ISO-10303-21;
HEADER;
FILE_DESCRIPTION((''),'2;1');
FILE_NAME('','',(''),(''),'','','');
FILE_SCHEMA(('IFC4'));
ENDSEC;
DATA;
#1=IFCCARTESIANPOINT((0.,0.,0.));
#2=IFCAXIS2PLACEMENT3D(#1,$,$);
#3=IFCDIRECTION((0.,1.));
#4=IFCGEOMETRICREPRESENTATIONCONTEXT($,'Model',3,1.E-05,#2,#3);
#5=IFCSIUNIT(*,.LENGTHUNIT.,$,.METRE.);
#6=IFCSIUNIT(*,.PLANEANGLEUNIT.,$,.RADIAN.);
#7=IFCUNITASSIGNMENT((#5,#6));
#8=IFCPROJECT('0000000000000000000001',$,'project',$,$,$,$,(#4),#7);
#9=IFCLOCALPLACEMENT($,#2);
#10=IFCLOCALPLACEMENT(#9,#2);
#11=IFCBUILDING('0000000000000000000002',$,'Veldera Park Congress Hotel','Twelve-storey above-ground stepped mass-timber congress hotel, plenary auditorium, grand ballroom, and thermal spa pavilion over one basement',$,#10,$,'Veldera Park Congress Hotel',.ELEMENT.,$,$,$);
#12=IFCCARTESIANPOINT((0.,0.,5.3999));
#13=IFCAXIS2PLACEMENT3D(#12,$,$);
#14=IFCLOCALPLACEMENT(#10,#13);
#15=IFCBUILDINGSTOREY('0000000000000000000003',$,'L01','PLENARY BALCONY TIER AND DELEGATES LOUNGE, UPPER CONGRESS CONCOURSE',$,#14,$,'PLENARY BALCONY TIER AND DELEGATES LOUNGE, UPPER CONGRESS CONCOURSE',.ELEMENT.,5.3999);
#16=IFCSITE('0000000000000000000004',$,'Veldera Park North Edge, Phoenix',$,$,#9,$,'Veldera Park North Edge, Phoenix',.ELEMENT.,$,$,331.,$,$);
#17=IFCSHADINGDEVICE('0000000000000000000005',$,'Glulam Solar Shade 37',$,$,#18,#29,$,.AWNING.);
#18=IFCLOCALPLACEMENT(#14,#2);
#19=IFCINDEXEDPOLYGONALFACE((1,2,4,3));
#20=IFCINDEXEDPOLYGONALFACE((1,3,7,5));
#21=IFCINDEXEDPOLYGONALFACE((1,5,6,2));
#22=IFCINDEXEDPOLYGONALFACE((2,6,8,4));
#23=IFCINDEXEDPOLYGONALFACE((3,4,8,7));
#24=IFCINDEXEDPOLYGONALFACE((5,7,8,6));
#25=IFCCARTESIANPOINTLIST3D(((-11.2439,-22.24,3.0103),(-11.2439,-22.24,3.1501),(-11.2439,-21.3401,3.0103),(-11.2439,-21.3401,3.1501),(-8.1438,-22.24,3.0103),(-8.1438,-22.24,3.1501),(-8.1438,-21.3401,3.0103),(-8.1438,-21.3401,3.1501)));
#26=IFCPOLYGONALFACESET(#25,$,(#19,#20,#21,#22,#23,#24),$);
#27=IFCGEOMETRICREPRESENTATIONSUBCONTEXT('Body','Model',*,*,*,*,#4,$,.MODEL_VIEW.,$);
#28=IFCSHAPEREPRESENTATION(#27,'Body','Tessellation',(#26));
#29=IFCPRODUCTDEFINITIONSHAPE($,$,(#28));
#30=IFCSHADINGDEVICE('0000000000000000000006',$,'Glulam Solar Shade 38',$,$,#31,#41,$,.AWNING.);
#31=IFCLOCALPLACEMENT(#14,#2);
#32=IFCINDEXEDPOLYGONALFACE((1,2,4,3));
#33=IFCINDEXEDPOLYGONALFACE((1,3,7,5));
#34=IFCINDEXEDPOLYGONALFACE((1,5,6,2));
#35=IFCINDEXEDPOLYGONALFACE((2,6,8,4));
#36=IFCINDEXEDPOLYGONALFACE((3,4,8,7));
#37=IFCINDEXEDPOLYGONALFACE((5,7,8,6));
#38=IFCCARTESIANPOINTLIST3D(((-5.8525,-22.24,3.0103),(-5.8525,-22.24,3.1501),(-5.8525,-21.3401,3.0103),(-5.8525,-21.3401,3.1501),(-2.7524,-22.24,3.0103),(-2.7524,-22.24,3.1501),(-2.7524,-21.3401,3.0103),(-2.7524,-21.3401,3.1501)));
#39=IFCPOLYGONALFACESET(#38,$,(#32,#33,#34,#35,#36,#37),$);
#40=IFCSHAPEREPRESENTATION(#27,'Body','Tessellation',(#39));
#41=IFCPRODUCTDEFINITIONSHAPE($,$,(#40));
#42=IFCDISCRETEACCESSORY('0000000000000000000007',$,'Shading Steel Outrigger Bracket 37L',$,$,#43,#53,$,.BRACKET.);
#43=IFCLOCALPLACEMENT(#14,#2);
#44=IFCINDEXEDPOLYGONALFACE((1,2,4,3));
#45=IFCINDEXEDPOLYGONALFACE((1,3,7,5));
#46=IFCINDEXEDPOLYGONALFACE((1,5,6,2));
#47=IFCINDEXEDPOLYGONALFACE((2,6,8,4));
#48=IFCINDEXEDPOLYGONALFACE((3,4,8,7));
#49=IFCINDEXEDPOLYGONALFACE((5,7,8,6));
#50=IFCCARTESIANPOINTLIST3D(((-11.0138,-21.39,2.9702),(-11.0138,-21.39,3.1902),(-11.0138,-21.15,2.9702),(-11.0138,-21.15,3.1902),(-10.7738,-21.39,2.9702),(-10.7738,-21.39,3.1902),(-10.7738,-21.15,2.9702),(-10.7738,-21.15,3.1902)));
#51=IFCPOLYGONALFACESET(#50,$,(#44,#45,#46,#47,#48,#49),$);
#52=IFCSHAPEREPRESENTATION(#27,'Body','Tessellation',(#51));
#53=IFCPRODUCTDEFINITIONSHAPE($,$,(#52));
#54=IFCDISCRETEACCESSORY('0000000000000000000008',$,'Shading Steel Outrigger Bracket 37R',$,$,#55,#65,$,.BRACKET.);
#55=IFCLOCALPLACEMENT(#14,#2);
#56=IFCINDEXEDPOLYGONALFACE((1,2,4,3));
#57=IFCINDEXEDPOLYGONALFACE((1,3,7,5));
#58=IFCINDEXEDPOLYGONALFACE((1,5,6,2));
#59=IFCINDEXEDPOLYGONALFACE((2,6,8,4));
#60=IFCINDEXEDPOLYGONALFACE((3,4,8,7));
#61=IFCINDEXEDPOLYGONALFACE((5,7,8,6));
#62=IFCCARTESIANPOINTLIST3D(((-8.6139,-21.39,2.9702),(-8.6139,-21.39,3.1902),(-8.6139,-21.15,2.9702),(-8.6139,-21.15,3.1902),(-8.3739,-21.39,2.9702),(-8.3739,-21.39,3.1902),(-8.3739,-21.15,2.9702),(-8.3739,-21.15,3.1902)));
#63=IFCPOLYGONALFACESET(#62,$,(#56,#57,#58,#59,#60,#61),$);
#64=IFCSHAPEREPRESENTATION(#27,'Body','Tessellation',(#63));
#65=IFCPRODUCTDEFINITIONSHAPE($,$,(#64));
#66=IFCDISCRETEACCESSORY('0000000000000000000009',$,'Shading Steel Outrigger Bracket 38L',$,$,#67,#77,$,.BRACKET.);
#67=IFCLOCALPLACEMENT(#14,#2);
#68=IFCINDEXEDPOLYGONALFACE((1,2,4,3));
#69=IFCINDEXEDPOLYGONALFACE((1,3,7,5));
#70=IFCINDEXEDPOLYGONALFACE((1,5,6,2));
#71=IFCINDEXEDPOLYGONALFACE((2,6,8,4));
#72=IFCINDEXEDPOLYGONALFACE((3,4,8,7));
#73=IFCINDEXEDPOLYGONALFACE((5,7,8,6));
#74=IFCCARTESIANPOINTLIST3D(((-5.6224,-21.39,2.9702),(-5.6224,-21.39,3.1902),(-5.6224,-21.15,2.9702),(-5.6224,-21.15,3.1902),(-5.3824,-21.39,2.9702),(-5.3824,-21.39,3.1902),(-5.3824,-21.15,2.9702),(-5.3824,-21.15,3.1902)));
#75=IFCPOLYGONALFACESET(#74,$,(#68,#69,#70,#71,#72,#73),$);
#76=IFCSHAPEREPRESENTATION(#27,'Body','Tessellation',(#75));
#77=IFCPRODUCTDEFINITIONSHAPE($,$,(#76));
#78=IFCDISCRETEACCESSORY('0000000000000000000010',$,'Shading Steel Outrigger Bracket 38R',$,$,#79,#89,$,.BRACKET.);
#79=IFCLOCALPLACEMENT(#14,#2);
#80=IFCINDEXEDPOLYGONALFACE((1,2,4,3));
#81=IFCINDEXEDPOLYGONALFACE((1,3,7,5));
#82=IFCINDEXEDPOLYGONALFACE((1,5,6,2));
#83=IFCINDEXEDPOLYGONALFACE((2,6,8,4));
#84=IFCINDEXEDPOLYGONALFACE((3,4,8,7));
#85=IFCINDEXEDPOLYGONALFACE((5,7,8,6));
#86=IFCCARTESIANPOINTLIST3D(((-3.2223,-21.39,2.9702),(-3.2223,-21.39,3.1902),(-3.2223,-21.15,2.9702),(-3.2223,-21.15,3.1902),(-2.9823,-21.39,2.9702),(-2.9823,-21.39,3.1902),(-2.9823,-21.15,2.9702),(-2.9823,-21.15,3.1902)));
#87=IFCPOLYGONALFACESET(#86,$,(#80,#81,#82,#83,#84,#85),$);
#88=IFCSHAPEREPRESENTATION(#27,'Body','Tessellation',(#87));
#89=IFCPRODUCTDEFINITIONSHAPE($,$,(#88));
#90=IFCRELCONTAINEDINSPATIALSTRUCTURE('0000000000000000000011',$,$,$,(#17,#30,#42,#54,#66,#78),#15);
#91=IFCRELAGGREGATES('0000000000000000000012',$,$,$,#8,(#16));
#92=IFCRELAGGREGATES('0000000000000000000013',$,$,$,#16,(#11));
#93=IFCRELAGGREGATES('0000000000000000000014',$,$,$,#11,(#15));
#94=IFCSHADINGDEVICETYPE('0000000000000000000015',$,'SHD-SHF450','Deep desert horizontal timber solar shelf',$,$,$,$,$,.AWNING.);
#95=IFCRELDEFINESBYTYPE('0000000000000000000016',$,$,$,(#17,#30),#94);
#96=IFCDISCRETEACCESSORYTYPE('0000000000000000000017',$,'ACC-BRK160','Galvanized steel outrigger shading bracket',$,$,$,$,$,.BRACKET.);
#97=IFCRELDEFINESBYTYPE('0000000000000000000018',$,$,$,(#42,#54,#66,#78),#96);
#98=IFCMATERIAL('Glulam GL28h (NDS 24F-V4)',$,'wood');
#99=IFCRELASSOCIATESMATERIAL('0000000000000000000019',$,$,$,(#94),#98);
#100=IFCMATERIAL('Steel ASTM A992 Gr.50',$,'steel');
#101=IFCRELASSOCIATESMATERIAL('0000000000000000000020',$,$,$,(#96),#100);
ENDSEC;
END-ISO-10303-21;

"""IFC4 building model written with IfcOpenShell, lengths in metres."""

from ifc_helpers import new_model, si_unit, direction, frame, origin, origin_2d, place, context, subcontext, project, spatial, rectangle, extrude, material, type_object, element, save


model = new_model("IFC4")

# Units and contexts
model_context = context("Model", 3, precision=1e-05, world=origin(), true_north=direction((0.0, 1.0)))
body_context = subcontext(model_context, "Body", "Model", "MODEL_VIEW")
ifc_project = project(units=[si_unit("LENGTHUNIT", "METRE"), si_unit("PLANEANGLEUNIT", "RADIAN")], contexts=[model_context])

# Site, building, storey
site_placement = place(None, origin())
site = spatial("IfcSite", under=ifc_project, at=site_placement, Name="Veldera Park North Edge, Phoenix", LongName="Veldera Park North Edge, Phoenix", CompositionType="ELEMENT", RefElevation=331.0)
building_placement = place(site_placement, origin())
building = spatial("IfcBuilding", under=site, at=building_placement, Name="Veldera Park Congress Hotel", Description="Twelve-storey above-ground stepped mass-timber congress hotel, plenary auditorium, grand ballroom, and thermal spa pavilion over one basement", LongName="Veldera Park Congress Hotel", CompositionType="ELEMENT")
storey_placement = place(building_placement, frame((0.0, 0.0, 5.3999)))
storey = spatial("IfcBuildingStorey", under=building, at=storey_placement, Name="L01", Description="PLENARY BALCONY TIER AND DELEGATES LOUNGE, UPPER CONGRESS CONCOURSE", LongName="PLENARY BALCONY TIER AND DELEGATES LOUNGE, UPPER CONGRESS CONCOURSE", CompositionType="ELEMENT", Elevation=5.3999)

# Shared definitions
ifc_material_1 = material(Name="Steel ASTM A992 Gr.50", Category="steel")

# Shading devices
ifc_material_2 = material(Name="Glulam GL28h (NDS 24F-V4)", Category="wood")
shading_device_type = type_object("IfcShadingDeviceType", Name="SHD-SHF450", Description="Deep desert horizontal timber solar shelf", PredefinedType="AWNING", material=ifc_material_2)
for number, where, z_axis, x_axis, name in (
    (1, (-9.6938, -21.79, 3.0103), (0.0, 0.0, 1.0), (1.0, 0.0, 0.0), "Glulam Solar Shade 37"),
    (2, (-4.3025, -21.79, 3.0103), (0.0, 0.0, 1.0), (1.0, 0.0, 0.0), "Glulam Solar Shade 38"),
):
    element("IfcShadingDevice", number, at=place(storey_placement, frame(where, z_axis=z_axis, x_axis=x_axis)), inside=storey, type_object=shading_device_type, Name=name, PredefinedType="AWNING", context=body_context, shape_type="SweptSolid", body=[
        extrude(rectangle(XDim=3.1001, YDim=0.8999, at=origin_2d()), origin(), (0.0, 0.0, 1.0), 0.1399),
    ])

# Discrete accessories
discrete_accessory_type = type_object("IfcDiscreteAccessoryType", Name="ACC-BRK160", Description="Galvanized steel outrigger shading bracket", PredefinedType="BRACKET", material=ifc_material_1)
for number, where, z_axis, x_axis, name in (
    (3, (-10.8938, -21.27, 2.9702), (0.0, 0.0, 1.0), (1.0, 0.0, 0.0), "Shading Steel Outrigger Bracket 37L"),
    (4, (-8.4939, -21.27, 2.9702), (0.0, 0.0, 1.0), (1.0, 0.0, 0.0), "Shading Steel Outrigger Bracket 37R"),
    (5, (-5.5024, -21.27, 2.9702), (0.0, 0.0, 1.0), (1.0, 0.0, 0.0), "Shading Steel Outrigger Bracket 38L"),
    (6, (-3.1023, -21.27, 2.9702), (0.0, 0.0, 1.0), (1.0, 0.0, 0.0), "Shading Steel Outrigger Bracket 38R"),
):
    element("IfcDiscreteAccessory", number, at=place(storey_placement, frame(where, z_axis=z_axis, x_axis=x_axis)), inside=storey, type_object=discrete_accessory_type, Name=name, PredefinedType="BRACKET", context=body_context, shape_type="SweptSolid", body=[
        extrude(rectangle(XDim=0.24, YDim=0.24, at=origin_2d()), origin(), (0.0, 0.0, 1.0), 0.22),
    ])

save(model, "model.ifc")
